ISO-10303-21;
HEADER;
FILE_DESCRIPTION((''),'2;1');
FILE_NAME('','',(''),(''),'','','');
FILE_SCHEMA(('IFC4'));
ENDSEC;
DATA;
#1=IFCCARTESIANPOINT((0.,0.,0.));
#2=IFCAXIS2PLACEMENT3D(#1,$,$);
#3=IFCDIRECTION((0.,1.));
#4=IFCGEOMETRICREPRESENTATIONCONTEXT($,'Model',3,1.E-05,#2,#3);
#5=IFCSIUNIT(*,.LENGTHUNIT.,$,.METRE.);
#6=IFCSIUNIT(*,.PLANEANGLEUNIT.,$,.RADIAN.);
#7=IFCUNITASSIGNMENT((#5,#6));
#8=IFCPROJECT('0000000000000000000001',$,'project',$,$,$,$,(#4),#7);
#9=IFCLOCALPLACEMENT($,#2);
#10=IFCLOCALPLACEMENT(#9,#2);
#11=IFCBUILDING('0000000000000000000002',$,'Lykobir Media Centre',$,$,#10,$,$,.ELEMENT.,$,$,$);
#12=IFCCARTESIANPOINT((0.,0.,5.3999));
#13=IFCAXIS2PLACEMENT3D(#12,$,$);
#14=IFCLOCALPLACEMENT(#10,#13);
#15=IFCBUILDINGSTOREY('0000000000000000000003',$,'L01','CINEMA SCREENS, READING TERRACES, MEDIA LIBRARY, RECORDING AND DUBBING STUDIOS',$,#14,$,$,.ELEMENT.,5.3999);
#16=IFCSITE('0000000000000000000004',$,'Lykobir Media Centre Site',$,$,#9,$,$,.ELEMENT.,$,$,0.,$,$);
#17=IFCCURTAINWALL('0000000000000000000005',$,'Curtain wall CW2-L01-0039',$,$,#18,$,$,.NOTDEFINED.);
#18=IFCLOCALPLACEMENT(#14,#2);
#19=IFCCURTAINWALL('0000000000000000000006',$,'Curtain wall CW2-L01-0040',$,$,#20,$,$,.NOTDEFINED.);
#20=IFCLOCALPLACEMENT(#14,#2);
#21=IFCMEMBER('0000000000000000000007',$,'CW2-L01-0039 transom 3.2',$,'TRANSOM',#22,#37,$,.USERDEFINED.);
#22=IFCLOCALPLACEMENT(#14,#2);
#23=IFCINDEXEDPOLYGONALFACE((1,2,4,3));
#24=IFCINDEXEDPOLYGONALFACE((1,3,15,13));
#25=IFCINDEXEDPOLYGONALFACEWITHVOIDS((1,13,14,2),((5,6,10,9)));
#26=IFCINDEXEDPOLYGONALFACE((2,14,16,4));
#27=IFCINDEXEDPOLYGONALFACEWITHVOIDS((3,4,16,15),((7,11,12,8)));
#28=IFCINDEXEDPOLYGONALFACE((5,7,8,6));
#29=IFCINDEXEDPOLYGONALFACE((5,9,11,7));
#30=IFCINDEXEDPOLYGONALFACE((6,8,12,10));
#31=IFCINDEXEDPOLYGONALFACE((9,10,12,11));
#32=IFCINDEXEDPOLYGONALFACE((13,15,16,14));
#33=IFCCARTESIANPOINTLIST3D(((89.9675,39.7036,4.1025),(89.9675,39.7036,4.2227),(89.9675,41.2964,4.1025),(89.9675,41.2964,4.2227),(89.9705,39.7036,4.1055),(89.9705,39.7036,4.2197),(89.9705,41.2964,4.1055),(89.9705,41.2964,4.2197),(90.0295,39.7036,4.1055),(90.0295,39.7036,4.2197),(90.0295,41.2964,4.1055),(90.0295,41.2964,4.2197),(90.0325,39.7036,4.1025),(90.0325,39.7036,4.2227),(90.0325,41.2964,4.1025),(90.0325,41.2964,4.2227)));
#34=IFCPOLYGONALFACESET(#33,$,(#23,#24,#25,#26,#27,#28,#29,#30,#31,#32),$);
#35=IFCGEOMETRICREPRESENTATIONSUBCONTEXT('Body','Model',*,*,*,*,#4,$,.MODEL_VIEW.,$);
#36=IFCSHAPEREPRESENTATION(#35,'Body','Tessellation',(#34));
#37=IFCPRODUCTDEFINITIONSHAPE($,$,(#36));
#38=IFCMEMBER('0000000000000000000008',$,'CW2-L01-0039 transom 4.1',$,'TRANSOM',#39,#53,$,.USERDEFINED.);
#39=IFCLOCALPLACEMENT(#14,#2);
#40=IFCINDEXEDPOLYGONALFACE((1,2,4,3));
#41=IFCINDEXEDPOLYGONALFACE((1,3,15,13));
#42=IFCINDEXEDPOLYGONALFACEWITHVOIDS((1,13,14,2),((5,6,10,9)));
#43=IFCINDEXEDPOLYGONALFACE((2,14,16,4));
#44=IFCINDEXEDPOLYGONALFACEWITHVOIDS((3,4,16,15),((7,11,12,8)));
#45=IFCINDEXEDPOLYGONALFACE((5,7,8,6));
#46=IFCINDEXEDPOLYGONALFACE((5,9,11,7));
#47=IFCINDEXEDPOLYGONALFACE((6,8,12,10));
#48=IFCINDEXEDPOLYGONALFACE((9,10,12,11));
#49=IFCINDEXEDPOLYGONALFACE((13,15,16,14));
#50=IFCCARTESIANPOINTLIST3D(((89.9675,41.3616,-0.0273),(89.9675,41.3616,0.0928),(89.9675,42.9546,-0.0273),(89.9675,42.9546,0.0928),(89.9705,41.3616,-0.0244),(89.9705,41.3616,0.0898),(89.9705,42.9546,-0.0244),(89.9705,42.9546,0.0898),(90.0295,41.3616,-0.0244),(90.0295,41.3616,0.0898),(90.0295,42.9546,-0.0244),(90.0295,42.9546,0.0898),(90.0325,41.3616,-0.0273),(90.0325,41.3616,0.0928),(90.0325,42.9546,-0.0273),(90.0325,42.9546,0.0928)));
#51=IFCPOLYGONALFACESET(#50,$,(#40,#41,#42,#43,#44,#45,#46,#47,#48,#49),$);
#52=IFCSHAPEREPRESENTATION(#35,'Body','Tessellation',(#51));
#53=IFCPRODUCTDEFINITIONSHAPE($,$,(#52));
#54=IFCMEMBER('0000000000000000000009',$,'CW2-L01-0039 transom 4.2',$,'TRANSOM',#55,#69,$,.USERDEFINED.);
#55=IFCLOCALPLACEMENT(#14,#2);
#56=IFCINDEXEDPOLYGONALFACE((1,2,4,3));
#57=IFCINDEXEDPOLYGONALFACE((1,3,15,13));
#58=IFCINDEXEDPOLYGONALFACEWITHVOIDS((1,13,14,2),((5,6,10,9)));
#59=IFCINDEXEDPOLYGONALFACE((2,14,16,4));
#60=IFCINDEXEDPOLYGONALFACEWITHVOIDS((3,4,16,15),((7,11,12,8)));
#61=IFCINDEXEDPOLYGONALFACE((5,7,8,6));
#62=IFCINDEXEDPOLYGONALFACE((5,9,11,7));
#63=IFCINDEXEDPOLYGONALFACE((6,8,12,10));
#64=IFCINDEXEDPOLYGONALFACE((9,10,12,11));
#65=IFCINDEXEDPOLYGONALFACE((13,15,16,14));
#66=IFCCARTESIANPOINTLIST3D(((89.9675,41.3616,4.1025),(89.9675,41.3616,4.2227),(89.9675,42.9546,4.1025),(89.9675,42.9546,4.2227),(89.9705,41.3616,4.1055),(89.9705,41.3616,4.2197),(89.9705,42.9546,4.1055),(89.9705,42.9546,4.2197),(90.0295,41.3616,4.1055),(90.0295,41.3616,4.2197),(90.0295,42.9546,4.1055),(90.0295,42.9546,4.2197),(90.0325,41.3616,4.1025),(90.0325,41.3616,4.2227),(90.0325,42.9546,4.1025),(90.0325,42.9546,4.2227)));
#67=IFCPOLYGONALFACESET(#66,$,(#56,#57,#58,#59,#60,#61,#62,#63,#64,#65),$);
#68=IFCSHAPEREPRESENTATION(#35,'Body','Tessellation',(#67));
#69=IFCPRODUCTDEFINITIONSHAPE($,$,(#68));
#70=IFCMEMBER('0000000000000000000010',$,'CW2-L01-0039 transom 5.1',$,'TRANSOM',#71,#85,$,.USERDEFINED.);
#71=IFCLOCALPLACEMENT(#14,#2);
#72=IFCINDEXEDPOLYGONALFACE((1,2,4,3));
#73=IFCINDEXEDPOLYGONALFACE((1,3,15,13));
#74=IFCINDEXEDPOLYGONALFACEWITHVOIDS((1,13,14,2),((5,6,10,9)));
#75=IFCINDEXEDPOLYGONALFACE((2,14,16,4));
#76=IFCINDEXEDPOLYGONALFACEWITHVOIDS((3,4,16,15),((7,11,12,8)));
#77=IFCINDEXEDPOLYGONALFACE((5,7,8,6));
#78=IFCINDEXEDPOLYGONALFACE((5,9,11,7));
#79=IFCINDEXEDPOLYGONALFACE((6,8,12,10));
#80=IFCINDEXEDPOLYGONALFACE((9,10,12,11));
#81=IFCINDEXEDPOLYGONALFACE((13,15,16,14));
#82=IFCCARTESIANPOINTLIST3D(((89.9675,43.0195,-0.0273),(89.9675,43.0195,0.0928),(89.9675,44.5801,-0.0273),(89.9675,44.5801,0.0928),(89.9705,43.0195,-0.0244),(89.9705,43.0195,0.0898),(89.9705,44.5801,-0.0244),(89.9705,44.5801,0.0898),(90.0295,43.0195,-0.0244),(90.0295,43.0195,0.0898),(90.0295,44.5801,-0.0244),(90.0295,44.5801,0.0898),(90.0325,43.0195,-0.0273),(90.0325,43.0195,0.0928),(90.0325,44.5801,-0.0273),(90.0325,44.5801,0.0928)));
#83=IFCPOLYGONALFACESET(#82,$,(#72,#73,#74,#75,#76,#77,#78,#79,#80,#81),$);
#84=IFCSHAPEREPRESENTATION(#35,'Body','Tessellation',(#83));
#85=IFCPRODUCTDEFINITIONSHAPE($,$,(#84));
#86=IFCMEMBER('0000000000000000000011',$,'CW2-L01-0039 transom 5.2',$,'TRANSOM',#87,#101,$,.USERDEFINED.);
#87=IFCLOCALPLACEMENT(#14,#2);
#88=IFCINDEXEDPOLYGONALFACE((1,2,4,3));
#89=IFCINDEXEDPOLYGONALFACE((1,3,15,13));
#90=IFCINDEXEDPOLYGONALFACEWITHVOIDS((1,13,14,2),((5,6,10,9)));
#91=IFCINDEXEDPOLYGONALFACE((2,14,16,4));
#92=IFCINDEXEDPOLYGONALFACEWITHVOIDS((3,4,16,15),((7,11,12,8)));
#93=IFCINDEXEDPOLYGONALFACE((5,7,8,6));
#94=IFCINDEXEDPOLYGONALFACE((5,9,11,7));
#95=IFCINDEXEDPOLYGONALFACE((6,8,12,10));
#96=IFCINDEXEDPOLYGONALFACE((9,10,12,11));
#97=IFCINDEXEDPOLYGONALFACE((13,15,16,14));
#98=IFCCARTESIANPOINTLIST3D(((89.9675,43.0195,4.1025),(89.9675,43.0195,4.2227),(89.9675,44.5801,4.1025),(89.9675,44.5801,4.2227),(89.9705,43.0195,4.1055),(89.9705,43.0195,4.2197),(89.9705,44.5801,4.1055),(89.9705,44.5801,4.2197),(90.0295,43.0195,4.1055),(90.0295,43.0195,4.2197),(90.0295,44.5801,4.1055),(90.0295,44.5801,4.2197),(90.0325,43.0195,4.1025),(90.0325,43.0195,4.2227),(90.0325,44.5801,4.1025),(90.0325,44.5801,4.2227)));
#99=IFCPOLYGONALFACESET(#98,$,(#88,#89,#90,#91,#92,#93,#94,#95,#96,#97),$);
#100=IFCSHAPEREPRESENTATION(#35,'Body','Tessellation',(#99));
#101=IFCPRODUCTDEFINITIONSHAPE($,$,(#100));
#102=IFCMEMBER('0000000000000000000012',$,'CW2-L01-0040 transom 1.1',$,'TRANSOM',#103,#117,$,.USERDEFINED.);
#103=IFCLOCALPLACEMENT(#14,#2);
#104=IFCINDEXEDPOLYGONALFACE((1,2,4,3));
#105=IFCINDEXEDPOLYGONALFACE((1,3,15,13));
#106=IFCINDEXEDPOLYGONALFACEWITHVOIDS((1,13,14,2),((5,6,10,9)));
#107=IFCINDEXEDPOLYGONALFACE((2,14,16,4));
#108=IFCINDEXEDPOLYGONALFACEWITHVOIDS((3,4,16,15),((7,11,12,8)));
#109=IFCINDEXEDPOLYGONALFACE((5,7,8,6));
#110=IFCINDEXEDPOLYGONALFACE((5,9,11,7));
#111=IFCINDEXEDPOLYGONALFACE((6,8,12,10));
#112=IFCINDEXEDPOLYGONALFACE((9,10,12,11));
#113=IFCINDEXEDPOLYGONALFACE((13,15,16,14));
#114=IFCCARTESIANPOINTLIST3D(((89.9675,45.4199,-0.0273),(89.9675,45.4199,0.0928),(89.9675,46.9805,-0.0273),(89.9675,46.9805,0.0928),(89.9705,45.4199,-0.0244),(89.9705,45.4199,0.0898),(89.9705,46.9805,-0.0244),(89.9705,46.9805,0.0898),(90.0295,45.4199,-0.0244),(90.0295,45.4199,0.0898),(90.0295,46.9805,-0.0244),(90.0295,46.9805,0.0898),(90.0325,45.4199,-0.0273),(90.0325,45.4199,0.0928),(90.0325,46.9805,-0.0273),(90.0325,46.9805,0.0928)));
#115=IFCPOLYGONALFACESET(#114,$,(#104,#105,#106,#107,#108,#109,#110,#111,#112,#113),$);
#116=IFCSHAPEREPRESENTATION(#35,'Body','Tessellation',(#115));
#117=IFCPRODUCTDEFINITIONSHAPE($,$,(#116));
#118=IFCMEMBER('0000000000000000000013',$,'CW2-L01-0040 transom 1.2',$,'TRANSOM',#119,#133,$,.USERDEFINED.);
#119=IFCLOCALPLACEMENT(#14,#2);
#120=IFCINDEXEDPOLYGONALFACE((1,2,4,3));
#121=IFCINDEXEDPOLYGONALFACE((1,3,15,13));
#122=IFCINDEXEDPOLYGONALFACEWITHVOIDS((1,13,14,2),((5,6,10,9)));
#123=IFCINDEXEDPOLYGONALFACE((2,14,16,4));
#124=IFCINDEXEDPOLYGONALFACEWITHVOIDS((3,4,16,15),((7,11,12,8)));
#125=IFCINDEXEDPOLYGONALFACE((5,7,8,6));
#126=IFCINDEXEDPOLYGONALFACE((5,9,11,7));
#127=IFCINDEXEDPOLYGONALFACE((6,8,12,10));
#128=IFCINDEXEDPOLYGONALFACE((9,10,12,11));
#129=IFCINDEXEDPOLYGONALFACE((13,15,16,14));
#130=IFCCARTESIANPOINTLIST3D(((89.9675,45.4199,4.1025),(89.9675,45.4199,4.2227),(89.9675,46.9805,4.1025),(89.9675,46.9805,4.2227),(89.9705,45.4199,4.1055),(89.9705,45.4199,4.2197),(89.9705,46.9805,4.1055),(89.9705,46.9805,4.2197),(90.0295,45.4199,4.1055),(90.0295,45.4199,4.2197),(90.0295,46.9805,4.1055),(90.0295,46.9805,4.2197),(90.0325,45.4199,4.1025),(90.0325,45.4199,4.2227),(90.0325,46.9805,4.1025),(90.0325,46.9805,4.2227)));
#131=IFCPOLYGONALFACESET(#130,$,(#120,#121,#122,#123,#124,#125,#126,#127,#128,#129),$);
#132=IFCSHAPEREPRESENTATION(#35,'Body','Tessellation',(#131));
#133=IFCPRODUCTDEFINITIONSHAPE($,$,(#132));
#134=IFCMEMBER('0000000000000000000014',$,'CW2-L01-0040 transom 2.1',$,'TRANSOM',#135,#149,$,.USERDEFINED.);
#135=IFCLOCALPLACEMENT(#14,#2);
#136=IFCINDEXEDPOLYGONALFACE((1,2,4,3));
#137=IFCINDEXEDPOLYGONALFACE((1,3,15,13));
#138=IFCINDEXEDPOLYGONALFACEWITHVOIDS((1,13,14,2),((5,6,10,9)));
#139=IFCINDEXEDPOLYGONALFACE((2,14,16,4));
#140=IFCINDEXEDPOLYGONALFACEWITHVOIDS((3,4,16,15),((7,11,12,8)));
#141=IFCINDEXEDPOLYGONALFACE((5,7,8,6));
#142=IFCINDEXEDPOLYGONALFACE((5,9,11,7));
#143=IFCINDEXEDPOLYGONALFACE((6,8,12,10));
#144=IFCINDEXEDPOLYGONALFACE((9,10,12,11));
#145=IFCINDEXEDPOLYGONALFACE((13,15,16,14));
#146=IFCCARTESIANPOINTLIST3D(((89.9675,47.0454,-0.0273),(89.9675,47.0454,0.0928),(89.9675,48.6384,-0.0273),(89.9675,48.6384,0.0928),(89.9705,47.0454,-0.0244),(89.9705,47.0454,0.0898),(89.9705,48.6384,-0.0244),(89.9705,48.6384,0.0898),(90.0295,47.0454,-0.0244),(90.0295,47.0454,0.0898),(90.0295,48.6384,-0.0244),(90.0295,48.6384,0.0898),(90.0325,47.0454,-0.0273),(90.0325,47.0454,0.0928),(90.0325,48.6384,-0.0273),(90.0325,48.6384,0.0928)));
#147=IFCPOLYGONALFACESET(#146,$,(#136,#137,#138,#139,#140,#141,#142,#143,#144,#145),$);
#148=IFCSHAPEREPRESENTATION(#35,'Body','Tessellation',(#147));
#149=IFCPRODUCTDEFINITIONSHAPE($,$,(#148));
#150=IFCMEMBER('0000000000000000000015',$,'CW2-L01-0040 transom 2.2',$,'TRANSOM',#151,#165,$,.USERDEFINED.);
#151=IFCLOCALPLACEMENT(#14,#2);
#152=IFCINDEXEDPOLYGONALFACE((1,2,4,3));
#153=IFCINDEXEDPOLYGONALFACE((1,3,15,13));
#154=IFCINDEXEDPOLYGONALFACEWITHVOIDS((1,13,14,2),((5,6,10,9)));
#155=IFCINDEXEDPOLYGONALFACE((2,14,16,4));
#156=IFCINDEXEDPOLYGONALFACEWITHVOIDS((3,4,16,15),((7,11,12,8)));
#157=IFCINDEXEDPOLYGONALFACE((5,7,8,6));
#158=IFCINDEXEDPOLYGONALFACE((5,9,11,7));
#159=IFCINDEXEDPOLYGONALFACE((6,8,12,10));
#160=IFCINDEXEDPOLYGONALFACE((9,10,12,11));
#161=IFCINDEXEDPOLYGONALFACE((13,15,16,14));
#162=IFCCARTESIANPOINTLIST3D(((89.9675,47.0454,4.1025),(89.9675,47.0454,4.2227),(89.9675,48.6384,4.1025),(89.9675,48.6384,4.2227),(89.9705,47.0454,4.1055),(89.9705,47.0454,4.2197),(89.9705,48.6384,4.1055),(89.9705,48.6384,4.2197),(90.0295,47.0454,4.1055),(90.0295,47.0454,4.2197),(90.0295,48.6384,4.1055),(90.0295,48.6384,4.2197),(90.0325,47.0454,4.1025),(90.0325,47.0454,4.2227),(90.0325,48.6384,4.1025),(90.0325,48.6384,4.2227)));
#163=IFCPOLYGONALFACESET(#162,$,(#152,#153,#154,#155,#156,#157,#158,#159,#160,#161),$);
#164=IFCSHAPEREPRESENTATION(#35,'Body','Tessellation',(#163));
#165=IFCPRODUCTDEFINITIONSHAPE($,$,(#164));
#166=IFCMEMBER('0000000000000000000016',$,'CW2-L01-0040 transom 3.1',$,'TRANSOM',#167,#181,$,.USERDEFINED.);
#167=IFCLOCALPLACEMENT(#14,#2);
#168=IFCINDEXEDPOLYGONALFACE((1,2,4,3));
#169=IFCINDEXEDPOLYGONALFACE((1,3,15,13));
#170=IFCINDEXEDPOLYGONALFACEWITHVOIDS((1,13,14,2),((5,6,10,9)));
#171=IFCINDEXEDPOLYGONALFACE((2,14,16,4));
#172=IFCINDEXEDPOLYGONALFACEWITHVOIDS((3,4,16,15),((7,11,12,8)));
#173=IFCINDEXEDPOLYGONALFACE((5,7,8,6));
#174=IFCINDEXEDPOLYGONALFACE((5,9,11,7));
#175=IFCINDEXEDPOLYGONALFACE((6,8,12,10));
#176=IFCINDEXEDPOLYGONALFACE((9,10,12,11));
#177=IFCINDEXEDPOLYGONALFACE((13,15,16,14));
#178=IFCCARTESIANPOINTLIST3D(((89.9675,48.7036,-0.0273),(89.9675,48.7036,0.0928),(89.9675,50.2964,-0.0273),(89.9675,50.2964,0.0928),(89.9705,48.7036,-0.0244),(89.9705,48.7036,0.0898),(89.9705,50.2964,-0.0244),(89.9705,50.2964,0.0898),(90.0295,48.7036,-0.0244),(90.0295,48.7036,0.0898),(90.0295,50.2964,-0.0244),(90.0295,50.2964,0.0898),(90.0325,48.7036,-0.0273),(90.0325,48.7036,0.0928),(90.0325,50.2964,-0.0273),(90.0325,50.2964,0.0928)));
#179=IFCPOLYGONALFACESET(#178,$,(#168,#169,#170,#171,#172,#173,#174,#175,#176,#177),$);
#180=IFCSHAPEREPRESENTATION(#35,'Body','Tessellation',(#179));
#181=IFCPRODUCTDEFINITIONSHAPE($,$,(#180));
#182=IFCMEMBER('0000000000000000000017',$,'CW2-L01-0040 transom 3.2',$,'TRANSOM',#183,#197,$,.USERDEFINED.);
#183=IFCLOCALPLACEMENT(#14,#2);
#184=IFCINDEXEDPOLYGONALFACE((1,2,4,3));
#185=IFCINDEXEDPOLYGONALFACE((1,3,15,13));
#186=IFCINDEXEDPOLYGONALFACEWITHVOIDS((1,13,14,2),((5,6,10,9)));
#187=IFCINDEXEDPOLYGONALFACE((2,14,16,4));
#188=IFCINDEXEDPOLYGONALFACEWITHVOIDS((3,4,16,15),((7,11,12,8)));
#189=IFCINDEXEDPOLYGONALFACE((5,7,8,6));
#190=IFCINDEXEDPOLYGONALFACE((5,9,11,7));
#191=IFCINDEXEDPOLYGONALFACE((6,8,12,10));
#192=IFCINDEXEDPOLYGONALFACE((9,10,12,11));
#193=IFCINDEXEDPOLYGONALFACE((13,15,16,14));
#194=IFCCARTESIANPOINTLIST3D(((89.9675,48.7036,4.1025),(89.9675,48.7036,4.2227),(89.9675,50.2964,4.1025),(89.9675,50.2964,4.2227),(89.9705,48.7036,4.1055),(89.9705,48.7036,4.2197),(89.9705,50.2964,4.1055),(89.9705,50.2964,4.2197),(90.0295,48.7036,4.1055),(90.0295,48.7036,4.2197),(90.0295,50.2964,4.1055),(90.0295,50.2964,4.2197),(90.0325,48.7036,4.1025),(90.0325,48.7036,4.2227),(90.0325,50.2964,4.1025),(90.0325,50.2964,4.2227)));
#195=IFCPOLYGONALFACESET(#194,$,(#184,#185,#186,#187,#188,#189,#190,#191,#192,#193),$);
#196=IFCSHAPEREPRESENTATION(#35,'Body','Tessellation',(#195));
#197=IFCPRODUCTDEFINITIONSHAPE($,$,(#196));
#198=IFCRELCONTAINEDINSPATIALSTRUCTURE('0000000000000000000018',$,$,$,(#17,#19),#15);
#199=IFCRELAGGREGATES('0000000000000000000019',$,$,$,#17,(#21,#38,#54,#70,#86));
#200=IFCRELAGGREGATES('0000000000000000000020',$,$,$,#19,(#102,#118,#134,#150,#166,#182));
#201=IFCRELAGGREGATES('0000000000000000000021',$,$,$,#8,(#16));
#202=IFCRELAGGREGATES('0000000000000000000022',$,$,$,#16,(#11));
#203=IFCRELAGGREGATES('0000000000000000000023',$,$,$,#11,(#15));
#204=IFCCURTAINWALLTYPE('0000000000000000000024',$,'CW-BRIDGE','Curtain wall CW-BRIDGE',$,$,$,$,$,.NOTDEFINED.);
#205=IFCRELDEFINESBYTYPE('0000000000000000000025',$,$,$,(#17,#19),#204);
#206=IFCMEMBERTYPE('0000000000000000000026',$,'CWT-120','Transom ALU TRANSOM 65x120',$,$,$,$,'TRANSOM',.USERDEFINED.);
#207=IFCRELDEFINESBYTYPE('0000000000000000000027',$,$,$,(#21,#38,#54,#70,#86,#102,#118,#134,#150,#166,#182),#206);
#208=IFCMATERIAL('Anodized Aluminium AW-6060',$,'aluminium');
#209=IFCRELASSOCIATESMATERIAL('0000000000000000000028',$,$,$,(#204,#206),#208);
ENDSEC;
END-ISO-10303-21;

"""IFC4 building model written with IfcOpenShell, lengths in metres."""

from ifc_helpers import new_model, si_unit, direction, frame, origin, origin_2d, place, context, subcontext, project, spatial, hollow_rectangle, extrude, material, material_profile, profile_set, type_object, element, aggregate, save


model = new_model("IFC4")

# Units and contexts
model_context = context("Model", 3, precision=1e-05, world=origin(), true_north=direction((0.0, 1.0)))
body_context = subcontext(model_context, "Body", "Model", "MODEL_VIEW")
ifc_project = project(units=[si_unit("LENGTHUNIT", "METRE"), si_unit("PLANEANGLEUNIT", "RADIAN")], contexts=[model_context])

# Site, building, storey
site_placement = place(None, origin())
site = spatial("IfcSite", under=ifc_project, at=site_placement, Name="Lykobir Media Centre Site", CompositionType="ELEMENT", RefElevation=0.0)
building_placement = place(site_placement, origin())
building = spatial("IfcBuilding", under=site, at=building_placement, Name="Lykobir Media Centre", CompositionType="ELEMENT")
storey_placement = place(building_placement, frame((0.0, 0.0, 5.3999)))
storey = spatial("IfcBuildingStorey", under=building, at=storey_placement, Name="L01", Description="CINEMA SCREENS, READING TERRACES, MEDIA LIBRARY, RECORDING AND DUBBING STUDIOS", CompositionType="ELEMENT", Elevation=5.3999)

# Curtain walls
ifc_material_1 = material(Name="Anodized Aluminium AW-6060", Category="aluminium")
curtain_wall_type_1 = type_object("IfcCurtainWallType", Name="CW-BRIDGE", Description="Curtain wall CW-BRIDGE", PredefinedType="NOTDEFINED", material=ifc_material_1)
curtain_wall_1_placement = place(storey_placement, origin())
curtain_wall_1 = element("IfcCurtainWall", 1, at=curtain_wall_1_placement, inside=storey, type_object=curtain_wall_type_1, Name="Curtain wall CW2-L01-0039", PredefinedType="NOTDEFINED")
curtain_wall_2_placement = place(storey_placement, origin())
curtain_wall_2 = element("IfcCurtainWall", 2, at=curtain_wall_2_placement, inside=storey, type_object=curtain_wall_type_1, Name="Curtain wall CW2-L01-0040", PredefinedType="NOTDEFINED")

# Members
ifc_material_profile_1 = material_profile(ifc_material_1, hollow_rectangle(XDim=0.0649, YDim=0.1201, WallThickness=0.0029, at=origin_2d()), Name="ALU TRANSOM 65x120")
ifc_profile_set_1 = profile_set([ifc_material_profile_1], Name="Anodized Aluminium AW-6060")
member_type_1 = type_object("IfcMemberType", Name="CWT-120", Description="Transom ALU TRANSOM 65x120", ElementType="TRANSOM", PredefinedType="USERDEFINED", material=ifc_profile_set_1)
member_1_placement = place(storey_placement, frame((90.0, 39.7036, 4.1626), z_axis=(0.0, 1.0, 0.0), x_axis=(-1.0, 0.0, 0.0)))
member_1 = element("IfcMember", 3, at=member_1_placement, type_object=member_type_1, Name="CW2-L01-0039 transom 3.2", ObjectType="TRANSOM", PredefinedType="USERDEFINED", context=body_context, shape_type="SweptSolid", body=[
    extrude(hollow_rectangle(XDim=0.0649, YDim=0.1201, WallThickness=0.0029, at=origin_2d()), origin(), (0.0, 0.0, 1.0), 1.5928),
])
member_2_placement = place(storey_placement, frame((90.0, 41.3616, 0.0327), z_axis=(0.0, 1.0, 0.0), x_axis=(-1.0, 0.0, 0.0)))
member_2 = element("IfcMember", 4, at=member_2_placement, type_object=member_type_1, Name="CW2-L01-0039 transom 4.1", ObjectType="TRANSOM", PredefinedType="USERDEFINED", context=body_context, shape_type="SweptSolid", body=[
    extrude(hollow_rectangle(XDim=0.0649, YDim=0.1201, WallThickness=0.0029, at=origin_2d()), origin(), (0.0, 0.0, 1.0), 1.593),
])
member_3_placement = place(storey_placement, frame((90.0, 41.3616, 4.1626), z_axis=(0.0, 1.0, 0.0), x_axis=(-1.0, 0.0, 0.0)))
member_3 = element("IfcMember", 5, at=member_3_placement, type_object=member_type_1, Name="CW2-L01-0039 transom 4.2", ObjectType="TRANSOM", PredefinedType="USERDEFINED", context=body_context, shape_type="SweptSolid", body=[
    extrude(hollow_rectangle(XDim=0.0649, YDim=0.1201, WallThickness=0.0029, at=origin_2d()), origin(), (0.0, 0.0, 1.0), 1.593),
])
member_4_placement = place(storey_placement, frame((90.0, 43.0195, 0.0327), z_axis=(0.0, 1.0, 0.0), x_axis=(-1.0, 0.0, 0.0)))
member_4 = element("IfcMember", 6, at=member_4_placement, type_object=member_type_1, Name="CW2-L01-0039 transom 5.1", ObjectType="TRANSOM", PredefinedType="USERDEFINED", context=body_context, shape_type="SweptSolid", body=[
    extrude(hollow_rectangle(XDim=0.0649, YDim=0.1201, WallThickness=0.0029, at=origin_2d()), origin(), (0.0, 0.0, 1.0), 1.5605),
])
member_5_placement = place(storey_placement, frame((90.0, 43.0195, 4.1626), z_axis=(0.0, 1.0, 0.0), x_axis=(-1.0, 0.0, 0.0)))
member_5 = element("IfcMember", 7, at=member_5_placement, type_object=member_type_1, Name="CW2-L01-0039 transom 5.2", ObjectType="TRANSOM", PredefinedType="USERDEFINED", context=body_context, shape_type="SweptSolid", body=[
    extrude(hollow_rectangle(XDim=0.0649, YDim=0.1201, WallThickness=0.0029, at=origin_2d()), origin(), (0.0, 0.0, 1.0), 1.5605),
])
member_6_placement = place(storey_placement, frame((90.0, 45.4199, 0.0327), z_axis=(0.0, 1.0, 0.0), x_axis=(-1.0, 0.0, 0.0)))
member_6 = element("IfcMember", 8, at=member_6_placement, type_object=member_type_1, Name="CW2-L01-0040 transom 1.1", ObjectType="TRANSOM", PredefinedType="USERDEFINED", context=body_context, shape_type="SweptSolid", body=[
    extrude(hollow_rectangle(XDim=0.0649, YDim=0.1201, WallThickness=0.0029, at=origin_2d()), origin(), (0.0, 0.0, 1.0), 1.5605),
])
member_7_placement = place(storey_placement, frame((90.0, 45.4199, 4.1626), z_axis=(0.0, 1.0, 0.0), x_axis=(-1.0, 0.0, 0.0)))
member_7 = element("IfcMember", 9, at=member_7_placement, type_object=member_type_1, Name="CW2-L01-0040 transom 1.2", ObjectType="TRANSOM", PredefinedType="USERDEFINED", context=body_context, shape_type="SweptSolid", body=[
    extrude(hollow_rectangle(XDim=0.0649, YDim=0.1201, WallThickness=0.0029, at=origin_2d()), origin(), (0.0, 0.0, 1.0), 1.5605),
])
member_8_placement = place(storey_placement, frame((90.0, 47.0454, 0.0327), z_axis=(0.0, 1.0, 0.0), x_axis=(-1.0, 0.0, 0.0)))
member_8 = element("IfcMember", 10, at=member_8_placement, type_object=member_type_1, Name="CW2-L01-0040 transom 2.1", ObjectType="TRANSOM", PredefinedType="USERDEFINED", context=body_context, shape_type="SweptSolid", body=[
    extrude(hollow_rectangle(XDim=0.0649, YDim=0.1201, WallThickness=0.0029, at=origin_2d()), origin(), (0.0, 0.0, 1.0), 1.593),
])
member_9_placement = place(storey_placement, frame((90.0, 47.0454, 4.1626), z_axis=(0.0, 1.0, 0.0), x_axis=(-1.0, 0.0, 0.0)))
member_9 = element("IfcMember", 11, at=member_9_placement, type_object=member_type_1, Name="CW2-L01-0040 transom 2.2", ObjectType="TRANSOM", PredefinedType="USERDEFINED", context=body_context, shape_type="SweptSolid", body=[
    extrude(hollow_rectangle(XDim=0.0649, YDim=0.1201, WallThickness=0.0029, at=origin_2d()), origin(), (0.0, 0.0, 1.0), 1.593),
])
member_10_placement = place(storey_placement, frame((90.0, 48.7036, 0.0327), z_axis=(0.0, 1.0, 0.0), x_axis=(-1.0, 0.0, 0.0)))
member_10 = element("IfcMember", 12, at=member_10_placement, type_object=member_type_1, Name="CW2-L01-0040 transom 3.1", ObjectType="TRANSOM", PredefinedType="USERDEFINED", context=body_context, shape_type="SweptSolid", body=[
    extrude(hollow_rectangle(XDim=0.0649, YDim=0.1201, WallThickness=0.0029, at=origin_2d()), origin(), (0.0, 0.0, 1.0), 1.5928),
])
member_11_placement = place(storey_placement, frame((90.0, 48.7036, 4.1626), z_axis=(0.0, 1.0, 0.0), x_axis=(-1.0, 0.0, 0.0)))
member_11 = element("IfcMember", 13, at=member_11_placement, type_object=member_type_1, Name="CW2-L01-0040 transom 3.2", ObjectType="TRANSOM", PredefinedType="USERDEFINED", context=body_context, shape_type="SweptSolid", body=[
    extrude(hollow_rectangle(XDim=0.0649, YDim=0.1201, WallThickness=0.0029, at=origin_2d()), origin(), (0.0, 0.0, 1.0), 1.5928),
])

aggregate(curtain_wall_1, [member_1, member_2, member_3, member_4, member_5])
aggregate(curtain_wall_2, [member_6, member_7, member_8, member_9, member_10, member_11])

save(model, "model.ifc")
